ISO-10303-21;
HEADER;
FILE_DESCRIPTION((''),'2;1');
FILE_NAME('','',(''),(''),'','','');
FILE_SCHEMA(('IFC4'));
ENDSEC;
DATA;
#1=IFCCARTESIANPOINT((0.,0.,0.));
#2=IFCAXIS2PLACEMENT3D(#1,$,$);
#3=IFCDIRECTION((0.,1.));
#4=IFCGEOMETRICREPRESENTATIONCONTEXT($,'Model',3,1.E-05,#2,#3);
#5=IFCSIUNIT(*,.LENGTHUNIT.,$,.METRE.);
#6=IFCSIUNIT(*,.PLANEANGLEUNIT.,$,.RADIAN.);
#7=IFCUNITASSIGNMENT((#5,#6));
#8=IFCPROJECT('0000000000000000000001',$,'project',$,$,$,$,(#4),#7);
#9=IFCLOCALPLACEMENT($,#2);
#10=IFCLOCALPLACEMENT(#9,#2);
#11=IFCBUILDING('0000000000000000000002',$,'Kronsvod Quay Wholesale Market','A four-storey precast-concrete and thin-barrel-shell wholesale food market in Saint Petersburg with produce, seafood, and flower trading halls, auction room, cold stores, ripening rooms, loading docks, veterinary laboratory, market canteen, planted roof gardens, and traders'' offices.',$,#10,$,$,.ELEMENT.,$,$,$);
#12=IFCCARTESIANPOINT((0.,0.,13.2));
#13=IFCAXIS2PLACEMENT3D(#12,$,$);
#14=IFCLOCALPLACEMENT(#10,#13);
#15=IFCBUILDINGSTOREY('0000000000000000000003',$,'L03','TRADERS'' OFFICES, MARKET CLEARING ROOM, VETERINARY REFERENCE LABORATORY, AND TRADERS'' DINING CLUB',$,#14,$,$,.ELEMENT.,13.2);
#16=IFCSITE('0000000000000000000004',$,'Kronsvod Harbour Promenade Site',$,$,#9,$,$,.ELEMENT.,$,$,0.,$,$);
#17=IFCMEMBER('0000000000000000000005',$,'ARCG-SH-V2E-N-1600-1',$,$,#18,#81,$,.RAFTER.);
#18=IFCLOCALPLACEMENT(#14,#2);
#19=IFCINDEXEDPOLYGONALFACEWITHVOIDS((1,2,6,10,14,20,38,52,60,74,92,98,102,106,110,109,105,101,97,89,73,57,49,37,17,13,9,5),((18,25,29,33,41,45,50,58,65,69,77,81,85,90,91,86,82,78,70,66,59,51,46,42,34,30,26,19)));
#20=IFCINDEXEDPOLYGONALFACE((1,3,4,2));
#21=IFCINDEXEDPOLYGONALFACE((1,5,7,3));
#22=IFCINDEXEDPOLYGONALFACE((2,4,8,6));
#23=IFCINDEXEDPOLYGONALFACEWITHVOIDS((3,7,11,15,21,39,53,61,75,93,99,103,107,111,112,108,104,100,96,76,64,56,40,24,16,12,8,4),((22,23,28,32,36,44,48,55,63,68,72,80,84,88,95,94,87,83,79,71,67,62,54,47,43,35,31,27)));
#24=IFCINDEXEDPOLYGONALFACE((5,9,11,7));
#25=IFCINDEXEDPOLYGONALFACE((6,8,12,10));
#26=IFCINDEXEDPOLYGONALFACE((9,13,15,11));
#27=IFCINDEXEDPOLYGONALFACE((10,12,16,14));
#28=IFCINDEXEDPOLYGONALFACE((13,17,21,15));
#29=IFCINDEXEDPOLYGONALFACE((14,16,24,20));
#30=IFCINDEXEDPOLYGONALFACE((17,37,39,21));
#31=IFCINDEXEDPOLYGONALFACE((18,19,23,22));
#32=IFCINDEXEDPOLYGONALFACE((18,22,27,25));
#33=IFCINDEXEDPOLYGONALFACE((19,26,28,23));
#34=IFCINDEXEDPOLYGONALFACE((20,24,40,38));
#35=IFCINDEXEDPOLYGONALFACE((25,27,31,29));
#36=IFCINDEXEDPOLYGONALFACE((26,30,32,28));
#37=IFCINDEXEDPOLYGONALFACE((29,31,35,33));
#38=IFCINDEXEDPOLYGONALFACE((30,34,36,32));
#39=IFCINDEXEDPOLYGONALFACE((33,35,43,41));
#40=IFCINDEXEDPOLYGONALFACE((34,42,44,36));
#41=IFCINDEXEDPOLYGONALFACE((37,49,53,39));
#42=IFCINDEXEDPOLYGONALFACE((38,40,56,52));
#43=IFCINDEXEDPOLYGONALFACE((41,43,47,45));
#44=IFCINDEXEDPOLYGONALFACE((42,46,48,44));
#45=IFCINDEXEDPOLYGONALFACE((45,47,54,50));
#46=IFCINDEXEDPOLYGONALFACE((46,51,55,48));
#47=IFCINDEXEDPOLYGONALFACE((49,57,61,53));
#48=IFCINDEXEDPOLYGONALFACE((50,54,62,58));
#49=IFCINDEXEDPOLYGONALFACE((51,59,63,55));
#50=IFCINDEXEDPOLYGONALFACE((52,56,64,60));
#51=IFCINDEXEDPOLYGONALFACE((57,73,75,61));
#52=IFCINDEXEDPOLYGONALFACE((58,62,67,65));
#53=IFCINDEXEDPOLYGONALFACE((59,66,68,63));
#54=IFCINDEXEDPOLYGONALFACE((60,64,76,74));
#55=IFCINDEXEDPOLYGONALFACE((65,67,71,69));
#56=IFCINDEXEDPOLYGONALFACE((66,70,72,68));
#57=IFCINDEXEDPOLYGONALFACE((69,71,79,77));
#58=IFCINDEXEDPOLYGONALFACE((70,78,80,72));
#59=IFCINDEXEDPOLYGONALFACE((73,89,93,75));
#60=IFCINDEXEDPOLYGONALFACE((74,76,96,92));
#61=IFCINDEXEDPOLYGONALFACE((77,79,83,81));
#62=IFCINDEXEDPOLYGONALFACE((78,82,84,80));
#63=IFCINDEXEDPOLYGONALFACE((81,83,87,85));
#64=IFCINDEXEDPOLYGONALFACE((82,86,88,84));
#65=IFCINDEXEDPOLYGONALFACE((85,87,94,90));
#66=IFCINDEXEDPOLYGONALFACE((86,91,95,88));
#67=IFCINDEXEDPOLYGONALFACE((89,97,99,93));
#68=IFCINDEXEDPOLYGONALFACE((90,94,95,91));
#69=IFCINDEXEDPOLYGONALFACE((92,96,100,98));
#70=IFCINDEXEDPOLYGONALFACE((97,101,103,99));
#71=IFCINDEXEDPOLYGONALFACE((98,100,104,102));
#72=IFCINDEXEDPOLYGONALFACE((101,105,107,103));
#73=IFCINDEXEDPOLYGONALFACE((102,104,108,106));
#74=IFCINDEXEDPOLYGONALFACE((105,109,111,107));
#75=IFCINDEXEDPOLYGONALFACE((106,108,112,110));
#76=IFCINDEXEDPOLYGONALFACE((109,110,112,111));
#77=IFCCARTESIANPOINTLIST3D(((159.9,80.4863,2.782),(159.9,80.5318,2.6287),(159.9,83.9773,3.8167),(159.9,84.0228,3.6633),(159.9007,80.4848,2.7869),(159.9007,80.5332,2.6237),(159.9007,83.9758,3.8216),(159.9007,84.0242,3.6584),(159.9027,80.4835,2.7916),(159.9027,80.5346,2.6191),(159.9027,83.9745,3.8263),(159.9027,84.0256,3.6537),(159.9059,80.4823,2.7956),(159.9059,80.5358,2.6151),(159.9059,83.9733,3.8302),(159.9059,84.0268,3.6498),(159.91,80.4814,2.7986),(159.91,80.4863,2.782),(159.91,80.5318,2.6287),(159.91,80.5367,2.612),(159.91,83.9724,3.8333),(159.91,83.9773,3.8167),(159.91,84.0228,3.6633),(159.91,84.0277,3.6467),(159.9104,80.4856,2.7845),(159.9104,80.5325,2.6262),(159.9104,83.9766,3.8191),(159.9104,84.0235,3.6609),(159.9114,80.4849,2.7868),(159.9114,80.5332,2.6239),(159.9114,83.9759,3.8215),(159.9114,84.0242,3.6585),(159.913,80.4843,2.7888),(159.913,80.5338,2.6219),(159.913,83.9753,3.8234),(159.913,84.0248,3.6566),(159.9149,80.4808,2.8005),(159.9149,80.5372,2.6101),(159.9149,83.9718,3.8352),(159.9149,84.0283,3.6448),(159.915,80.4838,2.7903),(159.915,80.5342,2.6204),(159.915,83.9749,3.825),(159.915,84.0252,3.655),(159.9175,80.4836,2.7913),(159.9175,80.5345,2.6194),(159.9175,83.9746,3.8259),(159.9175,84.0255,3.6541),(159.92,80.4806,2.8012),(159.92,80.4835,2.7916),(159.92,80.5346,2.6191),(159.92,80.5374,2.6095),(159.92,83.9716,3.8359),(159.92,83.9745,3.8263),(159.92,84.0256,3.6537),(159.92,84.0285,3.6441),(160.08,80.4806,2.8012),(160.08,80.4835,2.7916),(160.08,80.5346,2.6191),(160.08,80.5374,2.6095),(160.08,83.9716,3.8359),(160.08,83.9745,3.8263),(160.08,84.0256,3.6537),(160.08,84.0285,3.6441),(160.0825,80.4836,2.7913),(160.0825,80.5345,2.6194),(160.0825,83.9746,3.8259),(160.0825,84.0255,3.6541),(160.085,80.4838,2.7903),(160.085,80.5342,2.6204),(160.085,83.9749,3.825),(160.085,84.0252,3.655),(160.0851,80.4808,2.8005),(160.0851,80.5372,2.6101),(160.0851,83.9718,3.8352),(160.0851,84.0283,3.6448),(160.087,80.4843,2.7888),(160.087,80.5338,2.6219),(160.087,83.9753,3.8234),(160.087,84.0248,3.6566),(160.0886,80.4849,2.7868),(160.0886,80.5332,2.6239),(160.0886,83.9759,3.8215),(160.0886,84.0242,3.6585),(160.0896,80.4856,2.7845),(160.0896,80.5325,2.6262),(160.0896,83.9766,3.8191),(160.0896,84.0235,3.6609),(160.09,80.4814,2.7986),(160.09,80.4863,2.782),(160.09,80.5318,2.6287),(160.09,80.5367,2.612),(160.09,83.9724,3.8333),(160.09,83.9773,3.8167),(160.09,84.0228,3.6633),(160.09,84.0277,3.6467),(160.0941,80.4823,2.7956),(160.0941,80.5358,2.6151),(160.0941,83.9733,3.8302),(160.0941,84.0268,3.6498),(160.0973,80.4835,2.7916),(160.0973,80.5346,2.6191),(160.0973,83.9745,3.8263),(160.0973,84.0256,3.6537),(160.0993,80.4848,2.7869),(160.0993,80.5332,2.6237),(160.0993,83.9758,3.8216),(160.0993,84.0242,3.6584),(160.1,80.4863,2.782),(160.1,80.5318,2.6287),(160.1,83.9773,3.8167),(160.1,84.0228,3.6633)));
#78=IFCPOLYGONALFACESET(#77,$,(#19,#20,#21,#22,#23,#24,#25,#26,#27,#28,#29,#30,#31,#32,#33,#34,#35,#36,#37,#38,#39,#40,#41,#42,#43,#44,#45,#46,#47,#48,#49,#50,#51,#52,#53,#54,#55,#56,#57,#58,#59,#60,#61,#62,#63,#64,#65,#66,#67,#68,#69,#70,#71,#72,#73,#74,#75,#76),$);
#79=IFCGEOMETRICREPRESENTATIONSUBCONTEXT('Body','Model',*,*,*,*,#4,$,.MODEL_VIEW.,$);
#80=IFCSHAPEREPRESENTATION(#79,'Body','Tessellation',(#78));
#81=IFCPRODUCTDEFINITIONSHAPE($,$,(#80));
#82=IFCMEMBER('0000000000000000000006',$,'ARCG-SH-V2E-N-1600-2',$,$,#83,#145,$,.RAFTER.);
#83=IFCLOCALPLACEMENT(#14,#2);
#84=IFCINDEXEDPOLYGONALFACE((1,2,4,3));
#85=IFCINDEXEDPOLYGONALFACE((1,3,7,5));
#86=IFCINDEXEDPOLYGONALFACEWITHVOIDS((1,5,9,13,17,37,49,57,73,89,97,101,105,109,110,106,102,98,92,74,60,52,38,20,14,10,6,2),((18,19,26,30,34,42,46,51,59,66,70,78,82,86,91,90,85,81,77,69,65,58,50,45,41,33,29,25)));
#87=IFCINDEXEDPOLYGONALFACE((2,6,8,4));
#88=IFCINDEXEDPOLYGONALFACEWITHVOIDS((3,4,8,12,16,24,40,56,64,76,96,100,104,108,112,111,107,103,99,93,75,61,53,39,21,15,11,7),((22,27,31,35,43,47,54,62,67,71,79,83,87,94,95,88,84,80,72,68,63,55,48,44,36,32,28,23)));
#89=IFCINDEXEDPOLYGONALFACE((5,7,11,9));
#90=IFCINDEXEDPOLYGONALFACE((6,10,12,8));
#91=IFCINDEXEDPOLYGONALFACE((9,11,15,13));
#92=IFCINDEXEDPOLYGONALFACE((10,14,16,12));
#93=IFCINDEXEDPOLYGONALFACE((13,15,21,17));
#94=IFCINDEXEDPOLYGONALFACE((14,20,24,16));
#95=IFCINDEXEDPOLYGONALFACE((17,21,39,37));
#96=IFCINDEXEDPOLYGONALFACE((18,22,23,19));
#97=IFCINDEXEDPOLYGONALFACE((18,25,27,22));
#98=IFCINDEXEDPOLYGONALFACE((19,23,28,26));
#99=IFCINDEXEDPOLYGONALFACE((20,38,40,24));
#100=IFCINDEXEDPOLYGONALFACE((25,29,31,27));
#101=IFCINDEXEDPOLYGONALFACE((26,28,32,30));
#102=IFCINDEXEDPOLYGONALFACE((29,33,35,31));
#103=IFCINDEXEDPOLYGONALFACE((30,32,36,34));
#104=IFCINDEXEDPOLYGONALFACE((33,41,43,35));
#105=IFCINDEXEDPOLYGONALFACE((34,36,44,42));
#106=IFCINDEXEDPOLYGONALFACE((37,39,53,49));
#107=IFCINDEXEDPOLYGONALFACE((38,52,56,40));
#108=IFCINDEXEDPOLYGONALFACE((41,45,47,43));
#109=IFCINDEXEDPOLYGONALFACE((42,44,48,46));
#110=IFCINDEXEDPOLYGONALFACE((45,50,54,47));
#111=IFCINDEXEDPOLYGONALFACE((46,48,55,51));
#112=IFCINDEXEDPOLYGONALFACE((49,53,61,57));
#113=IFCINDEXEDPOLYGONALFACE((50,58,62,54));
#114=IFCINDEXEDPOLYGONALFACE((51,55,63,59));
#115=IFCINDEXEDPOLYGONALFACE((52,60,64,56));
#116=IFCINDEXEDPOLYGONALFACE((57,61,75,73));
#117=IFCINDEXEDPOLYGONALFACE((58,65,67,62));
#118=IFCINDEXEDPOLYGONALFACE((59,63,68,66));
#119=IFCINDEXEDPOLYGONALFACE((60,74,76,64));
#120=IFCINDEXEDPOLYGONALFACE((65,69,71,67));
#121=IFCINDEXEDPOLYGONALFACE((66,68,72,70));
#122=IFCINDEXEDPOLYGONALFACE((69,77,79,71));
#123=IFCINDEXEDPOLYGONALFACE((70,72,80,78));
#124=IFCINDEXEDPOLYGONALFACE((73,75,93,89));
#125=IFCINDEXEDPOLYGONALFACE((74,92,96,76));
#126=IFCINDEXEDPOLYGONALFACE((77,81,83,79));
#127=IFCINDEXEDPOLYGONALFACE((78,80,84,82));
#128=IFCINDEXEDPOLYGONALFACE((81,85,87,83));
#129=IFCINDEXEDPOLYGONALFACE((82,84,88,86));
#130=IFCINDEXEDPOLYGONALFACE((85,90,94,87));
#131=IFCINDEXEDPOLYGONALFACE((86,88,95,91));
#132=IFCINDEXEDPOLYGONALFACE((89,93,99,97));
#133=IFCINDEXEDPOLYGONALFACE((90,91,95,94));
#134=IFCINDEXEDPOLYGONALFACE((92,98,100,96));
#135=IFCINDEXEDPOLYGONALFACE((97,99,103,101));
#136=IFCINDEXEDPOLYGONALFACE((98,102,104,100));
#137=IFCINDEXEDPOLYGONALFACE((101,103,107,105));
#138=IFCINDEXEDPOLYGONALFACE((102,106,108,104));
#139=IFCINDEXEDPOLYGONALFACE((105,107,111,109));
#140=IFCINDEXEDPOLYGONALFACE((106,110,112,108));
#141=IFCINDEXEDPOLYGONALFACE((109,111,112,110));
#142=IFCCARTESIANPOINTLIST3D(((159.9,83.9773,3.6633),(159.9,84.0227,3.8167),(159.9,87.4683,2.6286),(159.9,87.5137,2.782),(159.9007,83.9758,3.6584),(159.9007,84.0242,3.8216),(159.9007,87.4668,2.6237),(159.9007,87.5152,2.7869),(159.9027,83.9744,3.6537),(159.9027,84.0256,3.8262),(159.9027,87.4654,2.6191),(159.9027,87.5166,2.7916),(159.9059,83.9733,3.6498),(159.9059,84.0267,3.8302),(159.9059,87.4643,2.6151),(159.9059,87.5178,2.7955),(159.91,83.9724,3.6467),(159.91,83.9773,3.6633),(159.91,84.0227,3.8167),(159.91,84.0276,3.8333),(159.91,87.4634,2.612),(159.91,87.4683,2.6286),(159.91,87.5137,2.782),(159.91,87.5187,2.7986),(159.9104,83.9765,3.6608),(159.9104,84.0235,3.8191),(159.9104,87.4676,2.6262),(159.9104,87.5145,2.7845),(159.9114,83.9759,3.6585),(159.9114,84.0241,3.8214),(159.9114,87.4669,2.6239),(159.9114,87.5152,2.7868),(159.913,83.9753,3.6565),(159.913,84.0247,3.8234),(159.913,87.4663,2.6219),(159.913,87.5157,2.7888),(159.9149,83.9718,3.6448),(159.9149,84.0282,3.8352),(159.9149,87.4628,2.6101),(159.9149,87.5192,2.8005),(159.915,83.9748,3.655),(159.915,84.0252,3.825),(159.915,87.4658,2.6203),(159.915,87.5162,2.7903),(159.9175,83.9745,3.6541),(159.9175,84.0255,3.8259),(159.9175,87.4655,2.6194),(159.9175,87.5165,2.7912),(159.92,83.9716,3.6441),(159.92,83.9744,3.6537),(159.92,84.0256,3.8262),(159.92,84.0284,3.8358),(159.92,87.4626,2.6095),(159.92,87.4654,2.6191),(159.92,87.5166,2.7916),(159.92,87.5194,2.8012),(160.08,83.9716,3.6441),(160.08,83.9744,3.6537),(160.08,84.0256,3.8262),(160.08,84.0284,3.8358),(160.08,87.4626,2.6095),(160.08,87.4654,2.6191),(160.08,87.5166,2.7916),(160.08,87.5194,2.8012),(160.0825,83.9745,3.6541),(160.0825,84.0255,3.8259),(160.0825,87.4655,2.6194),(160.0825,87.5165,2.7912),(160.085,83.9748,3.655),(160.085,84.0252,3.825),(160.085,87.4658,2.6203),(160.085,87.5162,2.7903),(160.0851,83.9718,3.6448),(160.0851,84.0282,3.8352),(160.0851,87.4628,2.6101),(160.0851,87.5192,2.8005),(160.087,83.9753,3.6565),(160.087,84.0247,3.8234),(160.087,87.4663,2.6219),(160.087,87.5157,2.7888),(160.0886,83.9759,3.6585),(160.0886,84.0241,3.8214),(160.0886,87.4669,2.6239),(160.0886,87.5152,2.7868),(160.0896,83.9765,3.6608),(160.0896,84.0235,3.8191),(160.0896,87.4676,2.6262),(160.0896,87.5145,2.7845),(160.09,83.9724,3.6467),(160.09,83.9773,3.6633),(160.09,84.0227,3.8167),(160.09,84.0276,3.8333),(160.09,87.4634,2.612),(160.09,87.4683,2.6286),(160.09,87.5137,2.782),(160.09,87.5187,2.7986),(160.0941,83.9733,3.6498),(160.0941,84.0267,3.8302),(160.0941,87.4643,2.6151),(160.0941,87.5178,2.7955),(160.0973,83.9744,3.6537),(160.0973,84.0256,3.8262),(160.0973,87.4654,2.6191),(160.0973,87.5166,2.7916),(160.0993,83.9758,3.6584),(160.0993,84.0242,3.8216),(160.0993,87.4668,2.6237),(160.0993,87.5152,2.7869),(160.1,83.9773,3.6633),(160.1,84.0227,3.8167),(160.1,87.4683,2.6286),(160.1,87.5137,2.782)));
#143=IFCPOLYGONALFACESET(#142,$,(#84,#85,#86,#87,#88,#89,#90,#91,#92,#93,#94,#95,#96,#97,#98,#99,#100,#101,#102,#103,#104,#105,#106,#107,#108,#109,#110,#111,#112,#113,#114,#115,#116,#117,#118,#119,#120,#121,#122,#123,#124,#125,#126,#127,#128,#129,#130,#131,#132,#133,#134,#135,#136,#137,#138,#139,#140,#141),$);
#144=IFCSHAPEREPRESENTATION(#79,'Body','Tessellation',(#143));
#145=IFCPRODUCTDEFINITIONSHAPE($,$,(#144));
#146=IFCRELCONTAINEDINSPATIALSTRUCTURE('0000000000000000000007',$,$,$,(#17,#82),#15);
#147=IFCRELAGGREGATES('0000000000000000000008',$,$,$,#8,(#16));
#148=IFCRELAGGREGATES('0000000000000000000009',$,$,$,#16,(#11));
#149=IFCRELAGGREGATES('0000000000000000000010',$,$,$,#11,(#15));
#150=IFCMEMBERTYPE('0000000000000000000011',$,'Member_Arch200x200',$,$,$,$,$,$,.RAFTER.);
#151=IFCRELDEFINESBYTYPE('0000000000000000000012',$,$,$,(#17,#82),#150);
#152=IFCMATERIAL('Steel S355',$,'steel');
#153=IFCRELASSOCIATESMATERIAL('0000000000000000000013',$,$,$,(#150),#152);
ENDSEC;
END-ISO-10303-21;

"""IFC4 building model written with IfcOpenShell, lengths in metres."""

from ifc_helpers import new_model, si_unit, direction, frame, origin, origin_2d, place, context, subcontext, project, spatial, hollow_rectangle, extrude, material, material_profile, profile_set, type_object, element, save


model = new_model("IFC4")

# Units and contexts
model_context = context("Model", 3, precision=1e-05, world=origin(), true_north=direction((0.0, 1.0)))
body_context = subcontext(model_context, "Body", "Model", "MODEL_VIEW")
ifc_project = project(units=[si_unit("LENGTHUNIT", "METRE"), si_unit("PLANEANGLEUNIT", "RADIAN")], contexts=[model_context])

# Site, building, storey
site_placement = place(None, origin())
site = spatial("IfcSite", under=ifc_project, at=site_placement, Name="Kronsvod Harbour Promenade Site", CompositionType="ELEMENT", RefElevation=0.0)
building_placement = place(site_placement, origin())
building = spatial("IfcBuilding", under=site, at=building_placement, Name="Kronsvod Quay Wholesale Market", Description="A four-storey precast-concrete and thin-barrel-shell wholesale food market in Saint Petersburg with produce, seafood, and flower trading halls, auction room, cold stores, ripening rooms, loading docks, veterinary laboratory, market canteen, planted roof gardens, and traders' offices.", CompositionType="ELEMENT")
storey_placement = place(building_placement, frame((0.0, 0.0, 13.2)))
storey = spatial("IfcBuildingStorey", under=building, at=storey_placement, Name="L03", Description="TRADERS' OFFICES, MARKET CLEARING ROOM, VETERINARY REFERENCE LABORATORY, AND TRADERS' DINING CLUB", CompositionType="ELEMENT", Elevation=13.2)

# Members
ifc_material_1 = material(Name="Steel S355", Category="steel")
ifc_material_profile_1 = material_profile(ifc_material_1, hollow_rectangle(XDim=0.2, YDim=0.2, WallThickness=0.01, InnerFilletRadius=0.01, OuterFilletRadius=0.02, at=origin_2d()), Name="RHS200x200x10")
ifc_profile_set_1 = profile_set([ifc_material_profile_1], Name="Steel S355")
member_type_1 = type_object("IfcMemberType", Name="Member_Arch200x200", PredefinedType="RAFTER", material=ifc_profile_set_1)
for number, where, z_axis, x_axis, name in (
    (1, (160.0, 80.509, 2.7053), (0.0, 0.958775, 0.284166), (-1.0, 0.0, 0.0), "ARCG-SH-V2E-N-1600-1"),
    (2, (160.0, 84.0, 3.74), (0.0, 0.958775, -0.284166), (-1.0, 0.0, 0.0), "ARCG-SH-V2E-N-1600-2"),
):
    element("IfcMember", number, at=place(storey_placement, frame(where, z_axis=z_axis, x_axis=x_axis)), inside=storey, type_object=member_type_1, Name=name, PredefinedType="RAFTER", context=body_context, shape_type="SweptSolid", body=[
        extrude(hollow_rectangle(XDim=0.2, YDim=0.2, WallThickness=0.01, InnerFilletRadius=0.01, OuterFilletRadius=0.02, at=origin_2d()), origin(), (0.0, 0.0, 1.0), 3.6411),
    ])

save(model, "model.ifc")
